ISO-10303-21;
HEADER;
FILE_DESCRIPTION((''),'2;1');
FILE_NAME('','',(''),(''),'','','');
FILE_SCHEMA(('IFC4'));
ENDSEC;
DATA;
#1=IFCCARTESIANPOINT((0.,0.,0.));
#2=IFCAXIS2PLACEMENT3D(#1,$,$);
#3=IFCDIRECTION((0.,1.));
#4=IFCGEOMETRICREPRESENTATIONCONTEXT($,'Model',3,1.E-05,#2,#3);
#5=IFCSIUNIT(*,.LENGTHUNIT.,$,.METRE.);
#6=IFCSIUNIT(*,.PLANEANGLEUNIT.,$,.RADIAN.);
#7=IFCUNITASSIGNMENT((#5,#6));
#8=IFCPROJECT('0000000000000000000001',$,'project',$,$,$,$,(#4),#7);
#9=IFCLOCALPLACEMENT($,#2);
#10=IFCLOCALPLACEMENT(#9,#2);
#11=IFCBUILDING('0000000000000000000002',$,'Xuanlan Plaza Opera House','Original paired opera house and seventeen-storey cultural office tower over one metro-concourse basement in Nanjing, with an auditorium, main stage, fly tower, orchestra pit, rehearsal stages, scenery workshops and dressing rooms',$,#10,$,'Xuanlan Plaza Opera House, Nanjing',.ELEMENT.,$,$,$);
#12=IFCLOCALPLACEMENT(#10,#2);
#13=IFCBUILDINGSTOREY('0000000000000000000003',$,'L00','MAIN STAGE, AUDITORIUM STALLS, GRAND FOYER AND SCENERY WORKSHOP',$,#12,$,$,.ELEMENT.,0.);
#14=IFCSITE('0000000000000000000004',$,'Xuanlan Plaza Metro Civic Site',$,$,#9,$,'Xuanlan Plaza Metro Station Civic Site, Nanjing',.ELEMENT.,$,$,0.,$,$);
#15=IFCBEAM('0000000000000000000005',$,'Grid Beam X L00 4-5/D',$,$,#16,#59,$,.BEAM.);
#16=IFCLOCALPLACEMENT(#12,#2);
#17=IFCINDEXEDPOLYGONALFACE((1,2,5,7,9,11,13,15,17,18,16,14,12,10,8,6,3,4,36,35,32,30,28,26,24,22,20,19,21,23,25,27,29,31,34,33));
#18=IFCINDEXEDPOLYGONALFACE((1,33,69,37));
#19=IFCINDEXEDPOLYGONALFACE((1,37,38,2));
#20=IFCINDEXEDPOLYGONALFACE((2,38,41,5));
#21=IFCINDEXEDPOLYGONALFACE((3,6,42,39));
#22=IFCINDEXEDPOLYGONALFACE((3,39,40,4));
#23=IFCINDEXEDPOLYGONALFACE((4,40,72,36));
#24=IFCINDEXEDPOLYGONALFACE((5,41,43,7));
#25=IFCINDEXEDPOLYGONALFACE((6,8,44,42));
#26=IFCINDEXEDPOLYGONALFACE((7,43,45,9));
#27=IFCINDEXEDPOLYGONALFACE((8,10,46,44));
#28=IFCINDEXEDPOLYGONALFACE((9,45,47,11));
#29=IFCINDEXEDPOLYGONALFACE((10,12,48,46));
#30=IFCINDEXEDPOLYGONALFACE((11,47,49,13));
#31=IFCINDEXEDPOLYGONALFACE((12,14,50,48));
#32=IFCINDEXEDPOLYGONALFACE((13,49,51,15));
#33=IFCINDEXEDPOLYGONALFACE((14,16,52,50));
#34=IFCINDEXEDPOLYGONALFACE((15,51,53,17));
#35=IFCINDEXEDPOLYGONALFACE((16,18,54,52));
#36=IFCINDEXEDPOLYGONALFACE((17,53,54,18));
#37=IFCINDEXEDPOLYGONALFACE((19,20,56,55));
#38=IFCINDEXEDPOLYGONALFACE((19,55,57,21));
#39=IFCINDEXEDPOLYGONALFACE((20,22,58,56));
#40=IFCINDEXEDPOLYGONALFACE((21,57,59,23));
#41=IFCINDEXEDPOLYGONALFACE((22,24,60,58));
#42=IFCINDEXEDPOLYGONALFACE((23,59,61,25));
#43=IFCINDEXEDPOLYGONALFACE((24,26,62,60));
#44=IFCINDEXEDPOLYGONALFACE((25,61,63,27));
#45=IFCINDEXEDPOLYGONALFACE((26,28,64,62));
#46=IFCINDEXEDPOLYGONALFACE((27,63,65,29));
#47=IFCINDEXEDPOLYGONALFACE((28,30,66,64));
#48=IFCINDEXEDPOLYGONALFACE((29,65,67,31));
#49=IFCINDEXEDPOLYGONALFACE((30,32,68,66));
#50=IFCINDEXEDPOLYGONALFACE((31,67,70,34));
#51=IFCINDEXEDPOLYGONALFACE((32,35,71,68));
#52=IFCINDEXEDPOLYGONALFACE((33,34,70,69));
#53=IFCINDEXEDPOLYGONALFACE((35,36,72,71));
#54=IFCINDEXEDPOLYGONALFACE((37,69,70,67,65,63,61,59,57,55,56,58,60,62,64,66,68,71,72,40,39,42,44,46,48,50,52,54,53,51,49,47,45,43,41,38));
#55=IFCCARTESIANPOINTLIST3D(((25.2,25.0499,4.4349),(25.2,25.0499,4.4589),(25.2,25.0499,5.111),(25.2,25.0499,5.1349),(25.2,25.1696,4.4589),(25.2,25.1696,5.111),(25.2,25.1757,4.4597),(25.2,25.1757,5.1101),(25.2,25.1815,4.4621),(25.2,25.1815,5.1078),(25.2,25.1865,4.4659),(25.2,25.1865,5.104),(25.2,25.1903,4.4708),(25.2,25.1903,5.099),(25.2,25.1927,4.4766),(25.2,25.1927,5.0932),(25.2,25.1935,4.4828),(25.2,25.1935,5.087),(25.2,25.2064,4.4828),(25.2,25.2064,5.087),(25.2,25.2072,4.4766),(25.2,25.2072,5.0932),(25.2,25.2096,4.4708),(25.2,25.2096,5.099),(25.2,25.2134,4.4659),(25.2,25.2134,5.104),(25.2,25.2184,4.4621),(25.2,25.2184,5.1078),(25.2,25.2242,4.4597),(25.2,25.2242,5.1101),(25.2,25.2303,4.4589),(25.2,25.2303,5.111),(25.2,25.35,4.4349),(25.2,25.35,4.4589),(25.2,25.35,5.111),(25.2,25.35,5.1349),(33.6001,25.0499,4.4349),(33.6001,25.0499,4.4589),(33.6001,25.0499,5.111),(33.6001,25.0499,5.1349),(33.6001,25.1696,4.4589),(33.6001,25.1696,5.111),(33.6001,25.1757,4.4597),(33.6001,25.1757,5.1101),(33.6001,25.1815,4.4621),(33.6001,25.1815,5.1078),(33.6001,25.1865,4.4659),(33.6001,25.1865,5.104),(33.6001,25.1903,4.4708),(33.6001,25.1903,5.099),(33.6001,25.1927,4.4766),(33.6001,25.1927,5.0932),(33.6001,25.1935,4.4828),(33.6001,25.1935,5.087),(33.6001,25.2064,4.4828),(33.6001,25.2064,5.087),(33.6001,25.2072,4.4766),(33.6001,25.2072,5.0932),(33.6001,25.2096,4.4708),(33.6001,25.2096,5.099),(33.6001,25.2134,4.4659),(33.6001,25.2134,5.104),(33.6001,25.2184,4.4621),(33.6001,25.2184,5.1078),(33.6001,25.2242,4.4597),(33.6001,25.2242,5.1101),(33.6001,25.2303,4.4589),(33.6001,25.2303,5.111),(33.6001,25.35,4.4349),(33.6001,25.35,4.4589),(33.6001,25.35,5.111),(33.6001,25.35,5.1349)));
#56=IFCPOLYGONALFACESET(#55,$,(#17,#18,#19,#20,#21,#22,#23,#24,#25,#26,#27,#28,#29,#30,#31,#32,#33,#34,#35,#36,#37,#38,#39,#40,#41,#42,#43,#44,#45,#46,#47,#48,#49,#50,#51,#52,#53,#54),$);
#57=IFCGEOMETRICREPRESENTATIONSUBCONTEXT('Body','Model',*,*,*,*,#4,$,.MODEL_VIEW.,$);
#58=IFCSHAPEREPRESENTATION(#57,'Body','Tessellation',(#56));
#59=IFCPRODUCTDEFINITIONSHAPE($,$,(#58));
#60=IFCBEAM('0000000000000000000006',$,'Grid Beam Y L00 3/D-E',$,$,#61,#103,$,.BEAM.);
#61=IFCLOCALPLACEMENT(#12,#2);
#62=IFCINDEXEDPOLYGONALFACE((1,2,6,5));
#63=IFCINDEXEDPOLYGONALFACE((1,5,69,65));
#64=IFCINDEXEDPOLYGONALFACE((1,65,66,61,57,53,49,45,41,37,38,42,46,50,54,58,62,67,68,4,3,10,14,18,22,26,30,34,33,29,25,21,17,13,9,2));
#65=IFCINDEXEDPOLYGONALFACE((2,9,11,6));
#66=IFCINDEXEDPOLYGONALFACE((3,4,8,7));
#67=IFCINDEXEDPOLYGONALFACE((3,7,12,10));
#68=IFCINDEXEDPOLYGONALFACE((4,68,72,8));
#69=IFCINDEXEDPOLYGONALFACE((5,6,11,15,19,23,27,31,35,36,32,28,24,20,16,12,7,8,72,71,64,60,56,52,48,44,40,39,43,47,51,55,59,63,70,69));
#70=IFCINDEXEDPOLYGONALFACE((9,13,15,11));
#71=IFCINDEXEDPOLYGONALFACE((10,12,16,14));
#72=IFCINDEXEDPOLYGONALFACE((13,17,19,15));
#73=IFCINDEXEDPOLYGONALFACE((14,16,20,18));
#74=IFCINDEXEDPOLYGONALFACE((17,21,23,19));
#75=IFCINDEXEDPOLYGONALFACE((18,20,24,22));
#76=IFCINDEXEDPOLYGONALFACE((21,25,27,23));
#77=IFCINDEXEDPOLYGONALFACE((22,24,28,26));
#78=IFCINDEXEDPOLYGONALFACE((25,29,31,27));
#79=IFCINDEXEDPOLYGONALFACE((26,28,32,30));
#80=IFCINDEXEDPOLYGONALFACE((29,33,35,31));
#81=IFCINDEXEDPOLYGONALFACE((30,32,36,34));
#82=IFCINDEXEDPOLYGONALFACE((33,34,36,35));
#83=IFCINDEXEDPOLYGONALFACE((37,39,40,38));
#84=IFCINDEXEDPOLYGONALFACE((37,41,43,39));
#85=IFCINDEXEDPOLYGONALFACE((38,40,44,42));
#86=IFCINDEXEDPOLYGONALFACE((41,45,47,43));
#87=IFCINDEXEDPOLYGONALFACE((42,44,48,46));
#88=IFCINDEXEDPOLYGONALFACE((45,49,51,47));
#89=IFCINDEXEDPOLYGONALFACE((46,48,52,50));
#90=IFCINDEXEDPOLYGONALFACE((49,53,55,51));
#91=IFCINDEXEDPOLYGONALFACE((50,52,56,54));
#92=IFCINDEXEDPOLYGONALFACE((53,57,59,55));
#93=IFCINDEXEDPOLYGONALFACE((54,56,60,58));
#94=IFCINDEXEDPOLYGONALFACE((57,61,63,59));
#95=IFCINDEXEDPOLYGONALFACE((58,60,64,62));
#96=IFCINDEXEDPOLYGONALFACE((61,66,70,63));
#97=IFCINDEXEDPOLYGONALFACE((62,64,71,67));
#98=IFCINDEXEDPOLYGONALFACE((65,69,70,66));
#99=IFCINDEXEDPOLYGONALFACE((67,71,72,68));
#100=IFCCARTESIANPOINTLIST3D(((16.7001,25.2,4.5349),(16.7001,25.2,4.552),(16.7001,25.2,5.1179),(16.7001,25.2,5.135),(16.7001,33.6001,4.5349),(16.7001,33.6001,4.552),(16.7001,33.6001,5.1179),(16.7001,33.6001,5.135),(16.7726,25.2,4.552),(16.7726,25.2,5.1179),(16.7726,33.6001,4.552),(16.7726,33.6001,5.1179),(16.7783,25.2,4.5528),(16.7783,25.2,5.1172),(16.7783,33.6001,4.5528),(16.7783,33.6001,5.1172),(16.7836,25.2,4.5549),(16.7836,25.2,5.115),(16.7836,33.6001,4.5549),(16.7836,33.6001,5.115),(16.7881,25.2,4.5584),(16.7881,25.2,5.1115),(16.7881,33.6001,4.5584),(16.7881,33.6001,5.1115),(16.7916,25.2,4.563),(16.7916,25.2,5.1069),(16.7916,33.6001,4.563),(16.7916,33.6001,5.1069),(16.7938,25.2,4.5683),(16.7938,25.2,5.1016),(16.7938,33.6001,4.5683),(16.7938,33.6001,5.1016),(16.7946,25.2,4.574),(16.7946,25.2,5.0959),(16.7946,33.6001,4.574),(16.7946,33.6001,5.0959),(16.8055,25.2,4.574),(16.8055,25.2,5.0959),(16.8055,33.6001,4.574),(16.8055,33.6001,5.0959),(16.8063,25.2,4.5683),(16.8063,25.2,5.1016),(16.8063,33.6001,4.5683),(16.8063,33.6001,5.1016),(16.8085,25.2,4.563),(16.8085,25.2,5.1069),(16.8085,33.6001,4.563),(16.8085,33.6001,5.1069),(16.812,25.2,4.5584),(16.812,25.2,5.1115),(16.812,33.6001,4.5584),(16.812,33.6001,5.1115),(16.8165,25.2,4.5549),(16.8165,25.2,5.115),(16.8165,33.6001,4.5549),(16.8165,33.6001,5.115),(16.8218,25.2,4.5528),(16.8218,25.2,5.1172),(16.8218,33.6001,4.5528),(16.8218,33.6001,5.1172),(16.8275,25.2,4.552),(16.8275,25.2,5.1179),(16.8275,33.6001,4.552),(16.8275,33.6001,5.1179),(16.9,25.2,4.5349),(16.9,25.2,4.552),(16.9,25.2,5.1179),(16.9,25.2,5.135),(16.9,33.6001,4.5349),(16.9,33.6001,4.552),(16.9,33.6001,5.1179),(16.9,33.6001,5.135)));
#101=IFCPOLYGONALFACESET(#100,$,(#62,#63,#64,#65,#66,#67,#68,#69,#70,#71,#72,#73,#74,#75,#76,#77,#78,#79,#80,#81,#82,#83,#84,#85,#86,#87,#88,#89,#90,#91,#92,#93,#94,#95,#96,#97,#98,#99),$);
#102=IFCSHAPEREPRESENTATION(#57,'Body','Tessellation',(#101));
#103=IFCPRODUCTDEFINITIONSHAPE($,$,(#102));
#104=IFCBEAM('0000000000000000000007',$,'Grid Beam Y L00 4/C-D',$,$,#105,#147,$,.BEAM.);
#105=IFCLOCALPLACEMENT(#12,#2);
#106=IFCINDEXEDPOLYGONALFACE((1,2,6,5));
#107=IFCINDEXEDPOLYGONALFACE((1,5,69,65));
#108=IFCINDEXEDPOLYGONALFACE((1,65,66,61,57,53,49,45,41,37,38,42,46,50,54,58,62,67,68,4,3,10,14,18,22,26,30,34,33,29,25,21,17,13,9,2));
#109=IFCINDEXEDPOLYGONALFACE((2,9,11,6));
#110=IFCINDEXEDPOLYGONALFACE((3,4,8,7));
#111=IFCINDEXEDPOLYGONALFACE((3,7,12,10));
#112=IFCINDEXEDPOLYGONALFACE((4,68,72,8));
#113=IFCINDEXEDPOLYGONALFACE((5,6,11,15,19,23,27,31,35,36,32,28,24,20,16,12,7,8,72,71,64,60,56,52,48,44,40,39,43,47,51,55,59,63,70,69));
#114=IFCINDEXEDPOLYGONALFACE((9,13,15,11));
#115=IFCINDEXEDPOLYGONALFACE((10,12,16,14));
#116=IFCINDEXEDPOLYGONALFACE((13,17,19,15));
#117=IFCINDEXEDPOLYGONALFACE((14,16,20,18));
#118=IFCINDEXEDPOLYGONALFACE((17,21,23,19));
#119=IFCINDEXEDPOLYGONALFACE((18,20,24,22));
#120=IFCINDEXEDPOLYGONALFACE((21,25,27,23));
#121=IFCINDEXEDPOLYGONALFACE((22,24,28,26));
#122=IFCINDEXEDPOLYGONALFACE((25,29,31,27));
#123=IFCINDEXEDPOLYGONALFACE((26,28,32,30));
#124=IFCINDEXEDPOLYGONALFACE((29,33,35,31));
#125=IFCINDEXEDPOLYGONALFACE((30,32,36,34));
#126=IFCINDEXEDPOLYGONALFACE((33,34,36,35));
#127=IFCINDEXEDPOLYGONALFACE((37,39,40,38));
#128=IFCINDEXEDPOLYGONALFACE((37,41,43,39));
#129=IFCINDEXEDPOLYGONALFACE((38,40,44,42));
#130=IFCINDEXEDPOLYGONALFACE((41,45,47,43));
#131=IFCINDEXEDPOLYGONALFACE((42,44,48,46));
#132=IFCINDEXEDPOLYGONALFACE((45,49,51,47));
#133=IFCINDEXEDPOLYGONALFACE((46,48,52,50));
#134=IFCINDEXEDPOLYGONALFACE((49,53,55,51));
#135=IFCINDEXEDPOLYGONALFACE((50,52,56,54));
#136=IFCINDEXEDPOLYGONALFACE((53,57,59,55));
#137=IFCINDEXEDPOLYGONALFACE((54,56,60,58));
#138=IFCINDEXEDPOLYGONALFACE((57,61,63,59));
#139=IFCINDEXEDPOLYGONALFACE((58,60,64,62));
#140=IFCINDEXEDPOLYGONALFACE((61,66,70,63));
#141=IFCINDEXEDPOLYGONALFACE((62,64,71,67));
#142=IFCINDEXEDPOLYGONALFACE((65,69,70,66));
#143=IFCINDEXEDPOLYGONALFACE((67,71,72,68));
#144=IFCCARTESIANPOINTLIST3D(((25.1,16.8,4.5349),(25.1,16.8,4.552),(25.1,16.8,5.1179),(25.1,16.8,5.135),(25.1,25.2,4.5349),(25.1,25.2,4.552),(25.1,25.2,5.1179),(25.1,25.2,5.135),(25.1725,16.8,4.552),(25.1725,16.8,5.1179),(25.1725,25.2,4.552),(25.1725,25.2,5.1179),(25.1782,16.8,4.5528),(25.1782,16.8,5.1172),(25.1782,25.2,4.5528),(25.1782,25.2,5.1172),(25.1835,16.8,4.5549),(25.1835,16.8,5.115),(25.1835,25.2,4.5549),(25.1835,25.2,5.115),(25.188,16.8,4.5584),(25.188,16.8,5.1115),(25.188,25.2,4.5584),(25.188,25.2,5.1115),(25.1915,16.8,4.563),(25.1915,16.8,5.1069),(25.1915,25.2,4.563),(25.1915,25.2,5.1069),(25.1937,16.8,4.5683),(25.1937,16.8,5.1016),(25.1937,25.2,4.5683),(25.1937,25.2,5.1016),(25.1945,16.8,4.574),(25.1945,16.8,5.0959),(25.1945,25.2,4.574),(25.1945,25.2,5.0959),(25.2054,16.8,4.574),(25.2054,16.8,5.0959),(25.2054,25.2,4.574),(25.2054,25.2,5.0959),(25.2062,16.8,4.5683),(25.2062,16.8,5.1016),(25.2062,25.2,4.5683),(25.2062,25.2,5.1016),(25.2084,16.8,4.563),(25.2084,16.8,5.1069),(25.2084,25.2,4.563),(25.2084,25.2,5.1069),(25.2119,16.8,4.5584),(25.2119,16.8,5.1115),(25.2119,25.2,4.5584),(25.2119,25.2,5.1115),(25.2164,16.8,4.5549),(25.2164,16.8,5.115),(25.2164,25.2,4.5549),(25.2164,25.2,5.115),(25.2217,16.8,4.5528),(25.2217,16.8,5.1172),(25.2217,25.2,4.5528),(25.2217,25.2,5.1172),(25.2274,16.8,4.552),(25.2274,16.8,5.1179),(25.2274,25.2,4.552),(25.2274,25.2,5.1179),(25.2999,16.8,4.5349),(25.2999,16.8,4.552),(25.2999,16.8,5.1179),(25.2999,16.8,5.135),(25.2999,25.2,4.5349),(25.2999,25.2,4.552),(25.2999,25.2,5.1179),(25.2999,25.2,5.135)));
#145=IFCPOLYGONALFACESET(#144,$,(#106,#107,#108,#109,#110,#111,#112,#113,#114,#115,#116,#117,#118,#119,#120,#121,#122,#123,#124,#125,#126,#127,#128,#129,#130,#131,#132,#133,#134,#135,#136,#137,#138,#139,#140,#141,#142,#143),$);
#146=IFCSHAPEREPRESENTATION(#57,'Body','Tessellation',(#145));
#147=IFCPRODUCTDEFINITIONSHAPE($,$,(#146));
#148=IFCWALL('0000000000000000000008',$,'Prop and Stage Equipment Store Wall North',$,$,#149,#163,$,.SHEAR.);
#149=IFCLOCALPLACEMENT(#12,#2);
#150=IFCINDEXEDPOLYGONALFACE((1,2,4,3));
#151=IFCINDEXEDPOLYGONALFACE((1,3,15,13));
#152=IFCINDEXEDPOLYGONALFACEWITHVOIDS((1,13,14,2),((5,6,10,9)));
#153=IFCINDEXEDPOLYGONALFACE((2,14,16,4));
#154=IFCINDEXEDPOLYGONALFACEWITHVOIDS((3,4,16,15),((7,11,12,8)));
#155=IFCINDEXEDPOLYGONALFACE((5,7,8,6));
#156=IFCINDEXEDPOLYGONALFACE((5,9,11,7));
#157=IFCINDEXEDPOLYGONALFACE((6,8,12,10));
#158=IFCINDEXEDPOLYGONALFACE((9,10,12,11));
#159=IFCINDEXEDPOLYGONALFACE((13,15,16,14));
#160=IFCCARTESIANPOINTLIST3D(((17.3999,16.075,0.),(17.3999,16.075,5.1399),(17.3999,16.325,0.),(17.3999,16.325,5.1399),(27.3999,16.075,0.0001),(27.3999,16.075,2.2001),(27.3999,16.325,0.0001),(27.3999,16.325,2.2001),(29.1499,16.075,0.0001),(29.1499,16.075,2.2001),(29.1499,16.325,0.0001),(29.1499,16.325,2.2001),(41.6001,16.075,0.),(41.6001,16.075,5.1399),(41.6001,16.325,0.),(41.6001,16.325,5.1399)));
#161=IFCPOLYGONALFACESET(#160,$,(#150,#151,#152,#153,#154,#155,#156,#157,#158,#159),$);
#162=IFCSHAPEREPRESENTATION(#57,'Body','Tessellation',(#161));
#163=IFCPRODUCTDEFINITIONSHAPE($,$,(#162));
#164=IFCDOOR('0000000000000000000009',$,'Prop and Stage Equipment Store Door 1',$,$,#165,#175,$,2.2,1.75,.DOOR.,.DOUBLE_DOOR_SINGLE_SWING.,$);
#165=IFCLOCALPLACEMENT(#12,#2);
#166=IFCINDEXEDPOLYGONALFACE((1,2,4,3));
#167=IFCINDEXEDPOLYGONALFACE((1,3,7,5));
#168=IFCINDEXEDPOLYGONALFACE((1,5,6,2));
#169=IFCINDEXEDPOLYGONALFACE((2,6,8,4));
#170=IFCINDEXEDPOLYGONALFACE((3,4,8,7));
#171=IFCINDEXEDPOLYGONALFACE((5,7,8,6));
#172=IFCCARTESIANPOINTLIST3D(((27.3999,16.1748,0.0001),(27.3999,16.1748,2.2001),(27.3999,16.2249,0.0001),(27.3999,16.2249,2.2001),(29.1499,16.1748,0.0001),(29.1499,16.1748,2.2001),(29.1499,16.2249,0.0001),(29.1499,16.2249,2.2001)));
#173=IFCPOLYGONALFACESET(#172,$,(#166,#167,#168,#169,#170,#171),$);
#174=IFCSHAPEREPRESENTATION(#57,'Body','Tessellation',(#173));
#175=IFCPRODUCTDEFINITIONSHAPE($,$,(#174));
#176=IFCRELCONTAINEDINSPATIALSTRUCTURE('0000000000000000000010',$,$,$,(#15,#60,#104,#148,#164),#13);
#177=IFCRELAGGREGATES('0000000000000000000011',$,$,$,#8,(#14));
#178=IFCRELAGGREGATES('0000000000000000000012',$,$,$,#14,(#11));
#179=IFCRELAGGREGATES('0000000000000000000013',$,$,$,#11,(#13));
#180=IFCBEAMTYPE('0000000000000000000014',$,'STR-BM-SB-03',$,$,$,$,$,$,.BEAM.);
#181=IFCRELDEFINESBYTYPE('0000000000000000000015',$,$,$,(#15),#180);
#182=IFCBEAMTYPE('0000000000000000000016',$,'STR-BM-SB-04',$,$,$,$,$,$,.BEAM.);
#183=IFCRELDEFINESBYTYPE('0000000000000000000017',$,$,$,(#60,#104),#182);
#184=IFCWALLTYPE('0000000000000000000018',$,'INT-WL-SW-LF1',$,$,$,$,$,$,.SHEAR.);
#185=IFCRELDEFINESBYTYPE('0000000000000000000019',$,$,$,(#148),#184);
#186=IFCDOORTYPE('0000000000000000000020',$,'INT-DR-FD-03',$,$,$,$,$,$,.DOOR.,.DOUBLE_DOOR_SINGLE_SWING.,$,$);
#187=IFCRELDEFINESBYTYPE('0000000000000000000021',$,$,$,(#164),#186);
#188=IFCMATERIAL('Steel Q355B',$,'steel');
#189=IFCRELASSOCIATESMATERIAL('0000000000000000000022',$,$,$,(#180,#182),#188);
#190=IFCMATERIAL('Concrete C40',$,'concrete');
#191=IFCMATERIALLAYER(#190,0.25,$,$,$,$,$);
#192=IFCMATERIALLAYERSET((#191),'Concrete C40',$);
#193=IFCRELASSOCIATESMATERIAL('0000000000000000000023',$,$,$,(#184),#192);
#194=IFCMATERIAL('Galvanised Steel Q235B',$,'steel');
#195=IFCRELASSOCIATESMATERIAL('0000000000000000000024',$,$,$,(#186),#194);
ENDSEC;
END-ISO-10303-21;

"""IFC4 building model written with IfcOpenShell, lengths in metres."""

from ifc_helpers import new_model, si_unit, direction, frame, frame_2d, origin, origin_2d, place, context, subcontext, project, spatial, rectangle, i_section, extrude, material, layer, layer_set, material_profile, profile_set, type_object, element, fill, save


model = new_model("IFC4")

# Units and contexts
model_context = context("Model", 3, precision=1e-05, world=origin(), true_north=direction((0.0, 1.0)))
body_context = subcontext(model_context, "Body", "Model", "MODEL_VIEW")
ifc_project = project(units=[si_unit("LENGTHUNIT", "METRE"), si_unit("PLANEANGLEUNIT", "RADIAN")], contexts=[model_context])

# Site, building, storey
site_placement = place(None, origin())
site = spatial("IfcSite", under=ifc_project, at=site_placement, Name="Xuanlan Plaza Metro Civic Site", LongName="Xuanlan Plaza Metro Station Civic Site, Nanjing", CompositionType="ELEMENT", RefElevation=0.0)
building_placement = place(site_placement, origin())
building = spatial("IfcBuilding", under=site, at=building_placement, Name="Xuanlan Plaza Opera House", Description="Original paired opera house and seventeen-storey cultural office tower over one metro-concourse basement in Nanjing, with an auditorium, main stage, fly tower, orchestra pit, rehearsal stages, scenery workshops and dressing rooms", LongName="Xuanlan Plaza Opera House, Nanjing", CompositionType="ELEMENT")
storey_placement = place(building_placement, origin())
storey = spatial("IfcBuildingStorey", under=building, at=storey_placement, Name="L00", Description="MAIN STAGE, AUDITORIUM STALLS, GRAND FOYER AND SCENERY WORKSHOP", CompositionType="ELEMENT", Elevation=0.0)

# Shared definitions
ifc_material_1 = material(Name="Concrete C40", Category="concrete")

# Beams
ifc_material_2 = material(Name="Steel Q355B", Category="steel")
ifc_material_profile_1 = material_profile(ifc_material_2, i_section(OverallWidth=0.3, OverallDepth=0.7, WebThickness=0.0129, FlangeThickness=0.0239, FilletRadius=0.0239, at=origin_2d()), Name="HN 700x300x13x24")
ifc_profile_set_1 = profile_set([ifc_material_profile_1], Name="Steel Q355B")
beam_type_1 = type_object("IfcBeamType", Name="STR-BM-SB-03", PredefinedType="BEAM", material=ifc_profile_set_1)
beam_1_placement = place(storey_placement, frame((25.2, 25.2, 4.7849), z_axis=(1.0, 0.0, 0.0), x_axis=(0.0, 1.0, 0.0)))
element("IfcBeam", 1, at=beam_1_placement, inside=storey, type_object=beam_type_1, Name="Grid Beam X L00 4-5/D", PredefinedType="BEAM", context=body_context, shape_type="SweptSolid", body=[
    extrude(i_section(OverallWidth=0.3, OverallDepth=0.7, WebThickness=0.0129, FlangeThickness=0.0239, FilletRadius=0.0239, at=origin_2d()), origin(), (0.0, 0.0, 1.0), 8.4001),
])
ifc_material_profile_2 = material_profile(ifc_material_2, i_section(OverallWidth=0.2, OverallDepth=0.6001, WebThickness=0.011, FlangeThickness=0.0171, FilletRadius=0.022, at=origin_2d()), Name="HN 600x200x11x17")
ifc_profile_set_2 = profile_set([ifc_material_profile_2], Name="Steel Q355B")
beam_type_2 = type_object("IfcBeamType", Name="STR-BM-SB-04", PredefinedType="BEAM", material=ifc_profile_set_2)
beam_2_placement = place(storey_placement, frame((16.8, 25.2, 4.835), z_axis=(0.0, 1.0, 0.0), x_axis=(-1.0, 0.0, 0.0)))
element("IfcBeam", 2, at=beam_2_placement, inside=storey, type_object=beam_type_2, Name="Grid Beam Y L00 3/D-E", PredefinedType="BEAM", context=body_context, shape_type="SweptSolid", body=[
    extrude(i_section(OverallWidth=0.2, OverallDepth=0.6001, WebThickness=0.011, FlangeThickness=0.0171, FilletRadius=0.022, at=origin_2d()), origin(), (0.0, 0.0, 1.0), 8.4001),
])
beam_3_placement = place(storey_placement, frame((25.2, 16.8, 4.835), z_axis=(0.0, 1.0, 0.0), x_axis=(-1.0, 0.0, 0.0)))
element("IfcBeam", 3, at=beam_3_placement, inside=storey, type_object=beam_type_2, Name="Grid Beam Y L00 4/C-D", PredefinedType="BEAM", context=body_context, shape_type="SweptSolid", body=[
    extrude(i_section(OverallWidth=0.2, OverallDepth=0.6001, WebThickness=0.011, FlangeThickness=0.0171, FilletRadius=0.022, at=origin_2d()), origin(), (0.0, 0.0, 1.0), 8.3999),
])

# Wall, opening, door
ifc_layer = layer(ifc_material_1, 0.25)
ifc_layer_set = layer_set([ifc_layer], Name="Concrete C40")
wall_type = type_object("IfcWallType", Name="INT-WL-SW-LF1", PredefinedType="SHEAR", material=ifc_layer_set)
wall_1_placement = place(storey_placement, frame((17.3999, 16.2, 0.0), z_axis=(0.0, 0.0, 1.0), x_axis=(1.0, 0.0, 0.0)))
wall_1 = element("IfcWall", 4, at=wall_1_placement, inside=storey, type_object=wall_type, Name="Prop and Stage Equipment Store Wall North", PredefinedType="SHEAR", context=body_context, shape_type="SweptSolid", body=[
    extrude(rectangle(XDim=24.2002, YDim=0.25, at=frame_2d((12.1001, 0.0))), origin(), (0.0, 0.0, 1.0), 5.1399),
])
opening_1_placement = place(wall_1_placement, frame((10.0, 0.0, 0.0)))
opening_1 = element("IfcOpeningElement", 5, at=opening_1_placement, cuts=wall_1, PredefinedType="OPENING", context=body_context, shape_type="SweptSolid", body=[
    extrude(rectangle(XDim=1.75, YDim=2.2, at=frame_2d((0.875, 1.1001))), frame((0.0, 0.135, 0.0), z_axis=(0.0, -1.0, 0.0), x_axis=(1.0, 0.0, 0.0)), (0.0, 0.0, 1.0), 0.27),
])
ifc_material_3 = material(Name="Galvanised Steel Q235B", Category="steel")
door_type = type_object("IfcDoorType", Name="INT-DR-FD-03", OperationType="DOUBLE_DOOR_SINGLE_SWING", PredefinedType="DOOR", material=ifc_material_3)
door_1_placement = place(opening_1_placement, origin())
door_1 = element("IfcDoor", 6, at=door_1_placement, inside=storey, type_object=door_type, Name="Prop and Stage Equipment Store Door 1", OperationType="DOUBLE_DOOR_SINGLE_SWING", OverallHeight=2.2, OverallWidth=1.75, PredefinedType="DOOR", context=body_context, shape_type="SweptSolid", body=[
    extrude(rectangle(XDim=1.75, YDim=2.2, at=frame_2d((0.875, 1.1001))), frame((0.0, 0.0249, 0.0), z_axis=(0.0, -1.0, 0.0), x_axis=(1.0, 0.0, 0.0)), (0.0, 0.0, 1.0), 0.05),
])
fill(opening_1, door_1)

save(model, "model.ifc")
